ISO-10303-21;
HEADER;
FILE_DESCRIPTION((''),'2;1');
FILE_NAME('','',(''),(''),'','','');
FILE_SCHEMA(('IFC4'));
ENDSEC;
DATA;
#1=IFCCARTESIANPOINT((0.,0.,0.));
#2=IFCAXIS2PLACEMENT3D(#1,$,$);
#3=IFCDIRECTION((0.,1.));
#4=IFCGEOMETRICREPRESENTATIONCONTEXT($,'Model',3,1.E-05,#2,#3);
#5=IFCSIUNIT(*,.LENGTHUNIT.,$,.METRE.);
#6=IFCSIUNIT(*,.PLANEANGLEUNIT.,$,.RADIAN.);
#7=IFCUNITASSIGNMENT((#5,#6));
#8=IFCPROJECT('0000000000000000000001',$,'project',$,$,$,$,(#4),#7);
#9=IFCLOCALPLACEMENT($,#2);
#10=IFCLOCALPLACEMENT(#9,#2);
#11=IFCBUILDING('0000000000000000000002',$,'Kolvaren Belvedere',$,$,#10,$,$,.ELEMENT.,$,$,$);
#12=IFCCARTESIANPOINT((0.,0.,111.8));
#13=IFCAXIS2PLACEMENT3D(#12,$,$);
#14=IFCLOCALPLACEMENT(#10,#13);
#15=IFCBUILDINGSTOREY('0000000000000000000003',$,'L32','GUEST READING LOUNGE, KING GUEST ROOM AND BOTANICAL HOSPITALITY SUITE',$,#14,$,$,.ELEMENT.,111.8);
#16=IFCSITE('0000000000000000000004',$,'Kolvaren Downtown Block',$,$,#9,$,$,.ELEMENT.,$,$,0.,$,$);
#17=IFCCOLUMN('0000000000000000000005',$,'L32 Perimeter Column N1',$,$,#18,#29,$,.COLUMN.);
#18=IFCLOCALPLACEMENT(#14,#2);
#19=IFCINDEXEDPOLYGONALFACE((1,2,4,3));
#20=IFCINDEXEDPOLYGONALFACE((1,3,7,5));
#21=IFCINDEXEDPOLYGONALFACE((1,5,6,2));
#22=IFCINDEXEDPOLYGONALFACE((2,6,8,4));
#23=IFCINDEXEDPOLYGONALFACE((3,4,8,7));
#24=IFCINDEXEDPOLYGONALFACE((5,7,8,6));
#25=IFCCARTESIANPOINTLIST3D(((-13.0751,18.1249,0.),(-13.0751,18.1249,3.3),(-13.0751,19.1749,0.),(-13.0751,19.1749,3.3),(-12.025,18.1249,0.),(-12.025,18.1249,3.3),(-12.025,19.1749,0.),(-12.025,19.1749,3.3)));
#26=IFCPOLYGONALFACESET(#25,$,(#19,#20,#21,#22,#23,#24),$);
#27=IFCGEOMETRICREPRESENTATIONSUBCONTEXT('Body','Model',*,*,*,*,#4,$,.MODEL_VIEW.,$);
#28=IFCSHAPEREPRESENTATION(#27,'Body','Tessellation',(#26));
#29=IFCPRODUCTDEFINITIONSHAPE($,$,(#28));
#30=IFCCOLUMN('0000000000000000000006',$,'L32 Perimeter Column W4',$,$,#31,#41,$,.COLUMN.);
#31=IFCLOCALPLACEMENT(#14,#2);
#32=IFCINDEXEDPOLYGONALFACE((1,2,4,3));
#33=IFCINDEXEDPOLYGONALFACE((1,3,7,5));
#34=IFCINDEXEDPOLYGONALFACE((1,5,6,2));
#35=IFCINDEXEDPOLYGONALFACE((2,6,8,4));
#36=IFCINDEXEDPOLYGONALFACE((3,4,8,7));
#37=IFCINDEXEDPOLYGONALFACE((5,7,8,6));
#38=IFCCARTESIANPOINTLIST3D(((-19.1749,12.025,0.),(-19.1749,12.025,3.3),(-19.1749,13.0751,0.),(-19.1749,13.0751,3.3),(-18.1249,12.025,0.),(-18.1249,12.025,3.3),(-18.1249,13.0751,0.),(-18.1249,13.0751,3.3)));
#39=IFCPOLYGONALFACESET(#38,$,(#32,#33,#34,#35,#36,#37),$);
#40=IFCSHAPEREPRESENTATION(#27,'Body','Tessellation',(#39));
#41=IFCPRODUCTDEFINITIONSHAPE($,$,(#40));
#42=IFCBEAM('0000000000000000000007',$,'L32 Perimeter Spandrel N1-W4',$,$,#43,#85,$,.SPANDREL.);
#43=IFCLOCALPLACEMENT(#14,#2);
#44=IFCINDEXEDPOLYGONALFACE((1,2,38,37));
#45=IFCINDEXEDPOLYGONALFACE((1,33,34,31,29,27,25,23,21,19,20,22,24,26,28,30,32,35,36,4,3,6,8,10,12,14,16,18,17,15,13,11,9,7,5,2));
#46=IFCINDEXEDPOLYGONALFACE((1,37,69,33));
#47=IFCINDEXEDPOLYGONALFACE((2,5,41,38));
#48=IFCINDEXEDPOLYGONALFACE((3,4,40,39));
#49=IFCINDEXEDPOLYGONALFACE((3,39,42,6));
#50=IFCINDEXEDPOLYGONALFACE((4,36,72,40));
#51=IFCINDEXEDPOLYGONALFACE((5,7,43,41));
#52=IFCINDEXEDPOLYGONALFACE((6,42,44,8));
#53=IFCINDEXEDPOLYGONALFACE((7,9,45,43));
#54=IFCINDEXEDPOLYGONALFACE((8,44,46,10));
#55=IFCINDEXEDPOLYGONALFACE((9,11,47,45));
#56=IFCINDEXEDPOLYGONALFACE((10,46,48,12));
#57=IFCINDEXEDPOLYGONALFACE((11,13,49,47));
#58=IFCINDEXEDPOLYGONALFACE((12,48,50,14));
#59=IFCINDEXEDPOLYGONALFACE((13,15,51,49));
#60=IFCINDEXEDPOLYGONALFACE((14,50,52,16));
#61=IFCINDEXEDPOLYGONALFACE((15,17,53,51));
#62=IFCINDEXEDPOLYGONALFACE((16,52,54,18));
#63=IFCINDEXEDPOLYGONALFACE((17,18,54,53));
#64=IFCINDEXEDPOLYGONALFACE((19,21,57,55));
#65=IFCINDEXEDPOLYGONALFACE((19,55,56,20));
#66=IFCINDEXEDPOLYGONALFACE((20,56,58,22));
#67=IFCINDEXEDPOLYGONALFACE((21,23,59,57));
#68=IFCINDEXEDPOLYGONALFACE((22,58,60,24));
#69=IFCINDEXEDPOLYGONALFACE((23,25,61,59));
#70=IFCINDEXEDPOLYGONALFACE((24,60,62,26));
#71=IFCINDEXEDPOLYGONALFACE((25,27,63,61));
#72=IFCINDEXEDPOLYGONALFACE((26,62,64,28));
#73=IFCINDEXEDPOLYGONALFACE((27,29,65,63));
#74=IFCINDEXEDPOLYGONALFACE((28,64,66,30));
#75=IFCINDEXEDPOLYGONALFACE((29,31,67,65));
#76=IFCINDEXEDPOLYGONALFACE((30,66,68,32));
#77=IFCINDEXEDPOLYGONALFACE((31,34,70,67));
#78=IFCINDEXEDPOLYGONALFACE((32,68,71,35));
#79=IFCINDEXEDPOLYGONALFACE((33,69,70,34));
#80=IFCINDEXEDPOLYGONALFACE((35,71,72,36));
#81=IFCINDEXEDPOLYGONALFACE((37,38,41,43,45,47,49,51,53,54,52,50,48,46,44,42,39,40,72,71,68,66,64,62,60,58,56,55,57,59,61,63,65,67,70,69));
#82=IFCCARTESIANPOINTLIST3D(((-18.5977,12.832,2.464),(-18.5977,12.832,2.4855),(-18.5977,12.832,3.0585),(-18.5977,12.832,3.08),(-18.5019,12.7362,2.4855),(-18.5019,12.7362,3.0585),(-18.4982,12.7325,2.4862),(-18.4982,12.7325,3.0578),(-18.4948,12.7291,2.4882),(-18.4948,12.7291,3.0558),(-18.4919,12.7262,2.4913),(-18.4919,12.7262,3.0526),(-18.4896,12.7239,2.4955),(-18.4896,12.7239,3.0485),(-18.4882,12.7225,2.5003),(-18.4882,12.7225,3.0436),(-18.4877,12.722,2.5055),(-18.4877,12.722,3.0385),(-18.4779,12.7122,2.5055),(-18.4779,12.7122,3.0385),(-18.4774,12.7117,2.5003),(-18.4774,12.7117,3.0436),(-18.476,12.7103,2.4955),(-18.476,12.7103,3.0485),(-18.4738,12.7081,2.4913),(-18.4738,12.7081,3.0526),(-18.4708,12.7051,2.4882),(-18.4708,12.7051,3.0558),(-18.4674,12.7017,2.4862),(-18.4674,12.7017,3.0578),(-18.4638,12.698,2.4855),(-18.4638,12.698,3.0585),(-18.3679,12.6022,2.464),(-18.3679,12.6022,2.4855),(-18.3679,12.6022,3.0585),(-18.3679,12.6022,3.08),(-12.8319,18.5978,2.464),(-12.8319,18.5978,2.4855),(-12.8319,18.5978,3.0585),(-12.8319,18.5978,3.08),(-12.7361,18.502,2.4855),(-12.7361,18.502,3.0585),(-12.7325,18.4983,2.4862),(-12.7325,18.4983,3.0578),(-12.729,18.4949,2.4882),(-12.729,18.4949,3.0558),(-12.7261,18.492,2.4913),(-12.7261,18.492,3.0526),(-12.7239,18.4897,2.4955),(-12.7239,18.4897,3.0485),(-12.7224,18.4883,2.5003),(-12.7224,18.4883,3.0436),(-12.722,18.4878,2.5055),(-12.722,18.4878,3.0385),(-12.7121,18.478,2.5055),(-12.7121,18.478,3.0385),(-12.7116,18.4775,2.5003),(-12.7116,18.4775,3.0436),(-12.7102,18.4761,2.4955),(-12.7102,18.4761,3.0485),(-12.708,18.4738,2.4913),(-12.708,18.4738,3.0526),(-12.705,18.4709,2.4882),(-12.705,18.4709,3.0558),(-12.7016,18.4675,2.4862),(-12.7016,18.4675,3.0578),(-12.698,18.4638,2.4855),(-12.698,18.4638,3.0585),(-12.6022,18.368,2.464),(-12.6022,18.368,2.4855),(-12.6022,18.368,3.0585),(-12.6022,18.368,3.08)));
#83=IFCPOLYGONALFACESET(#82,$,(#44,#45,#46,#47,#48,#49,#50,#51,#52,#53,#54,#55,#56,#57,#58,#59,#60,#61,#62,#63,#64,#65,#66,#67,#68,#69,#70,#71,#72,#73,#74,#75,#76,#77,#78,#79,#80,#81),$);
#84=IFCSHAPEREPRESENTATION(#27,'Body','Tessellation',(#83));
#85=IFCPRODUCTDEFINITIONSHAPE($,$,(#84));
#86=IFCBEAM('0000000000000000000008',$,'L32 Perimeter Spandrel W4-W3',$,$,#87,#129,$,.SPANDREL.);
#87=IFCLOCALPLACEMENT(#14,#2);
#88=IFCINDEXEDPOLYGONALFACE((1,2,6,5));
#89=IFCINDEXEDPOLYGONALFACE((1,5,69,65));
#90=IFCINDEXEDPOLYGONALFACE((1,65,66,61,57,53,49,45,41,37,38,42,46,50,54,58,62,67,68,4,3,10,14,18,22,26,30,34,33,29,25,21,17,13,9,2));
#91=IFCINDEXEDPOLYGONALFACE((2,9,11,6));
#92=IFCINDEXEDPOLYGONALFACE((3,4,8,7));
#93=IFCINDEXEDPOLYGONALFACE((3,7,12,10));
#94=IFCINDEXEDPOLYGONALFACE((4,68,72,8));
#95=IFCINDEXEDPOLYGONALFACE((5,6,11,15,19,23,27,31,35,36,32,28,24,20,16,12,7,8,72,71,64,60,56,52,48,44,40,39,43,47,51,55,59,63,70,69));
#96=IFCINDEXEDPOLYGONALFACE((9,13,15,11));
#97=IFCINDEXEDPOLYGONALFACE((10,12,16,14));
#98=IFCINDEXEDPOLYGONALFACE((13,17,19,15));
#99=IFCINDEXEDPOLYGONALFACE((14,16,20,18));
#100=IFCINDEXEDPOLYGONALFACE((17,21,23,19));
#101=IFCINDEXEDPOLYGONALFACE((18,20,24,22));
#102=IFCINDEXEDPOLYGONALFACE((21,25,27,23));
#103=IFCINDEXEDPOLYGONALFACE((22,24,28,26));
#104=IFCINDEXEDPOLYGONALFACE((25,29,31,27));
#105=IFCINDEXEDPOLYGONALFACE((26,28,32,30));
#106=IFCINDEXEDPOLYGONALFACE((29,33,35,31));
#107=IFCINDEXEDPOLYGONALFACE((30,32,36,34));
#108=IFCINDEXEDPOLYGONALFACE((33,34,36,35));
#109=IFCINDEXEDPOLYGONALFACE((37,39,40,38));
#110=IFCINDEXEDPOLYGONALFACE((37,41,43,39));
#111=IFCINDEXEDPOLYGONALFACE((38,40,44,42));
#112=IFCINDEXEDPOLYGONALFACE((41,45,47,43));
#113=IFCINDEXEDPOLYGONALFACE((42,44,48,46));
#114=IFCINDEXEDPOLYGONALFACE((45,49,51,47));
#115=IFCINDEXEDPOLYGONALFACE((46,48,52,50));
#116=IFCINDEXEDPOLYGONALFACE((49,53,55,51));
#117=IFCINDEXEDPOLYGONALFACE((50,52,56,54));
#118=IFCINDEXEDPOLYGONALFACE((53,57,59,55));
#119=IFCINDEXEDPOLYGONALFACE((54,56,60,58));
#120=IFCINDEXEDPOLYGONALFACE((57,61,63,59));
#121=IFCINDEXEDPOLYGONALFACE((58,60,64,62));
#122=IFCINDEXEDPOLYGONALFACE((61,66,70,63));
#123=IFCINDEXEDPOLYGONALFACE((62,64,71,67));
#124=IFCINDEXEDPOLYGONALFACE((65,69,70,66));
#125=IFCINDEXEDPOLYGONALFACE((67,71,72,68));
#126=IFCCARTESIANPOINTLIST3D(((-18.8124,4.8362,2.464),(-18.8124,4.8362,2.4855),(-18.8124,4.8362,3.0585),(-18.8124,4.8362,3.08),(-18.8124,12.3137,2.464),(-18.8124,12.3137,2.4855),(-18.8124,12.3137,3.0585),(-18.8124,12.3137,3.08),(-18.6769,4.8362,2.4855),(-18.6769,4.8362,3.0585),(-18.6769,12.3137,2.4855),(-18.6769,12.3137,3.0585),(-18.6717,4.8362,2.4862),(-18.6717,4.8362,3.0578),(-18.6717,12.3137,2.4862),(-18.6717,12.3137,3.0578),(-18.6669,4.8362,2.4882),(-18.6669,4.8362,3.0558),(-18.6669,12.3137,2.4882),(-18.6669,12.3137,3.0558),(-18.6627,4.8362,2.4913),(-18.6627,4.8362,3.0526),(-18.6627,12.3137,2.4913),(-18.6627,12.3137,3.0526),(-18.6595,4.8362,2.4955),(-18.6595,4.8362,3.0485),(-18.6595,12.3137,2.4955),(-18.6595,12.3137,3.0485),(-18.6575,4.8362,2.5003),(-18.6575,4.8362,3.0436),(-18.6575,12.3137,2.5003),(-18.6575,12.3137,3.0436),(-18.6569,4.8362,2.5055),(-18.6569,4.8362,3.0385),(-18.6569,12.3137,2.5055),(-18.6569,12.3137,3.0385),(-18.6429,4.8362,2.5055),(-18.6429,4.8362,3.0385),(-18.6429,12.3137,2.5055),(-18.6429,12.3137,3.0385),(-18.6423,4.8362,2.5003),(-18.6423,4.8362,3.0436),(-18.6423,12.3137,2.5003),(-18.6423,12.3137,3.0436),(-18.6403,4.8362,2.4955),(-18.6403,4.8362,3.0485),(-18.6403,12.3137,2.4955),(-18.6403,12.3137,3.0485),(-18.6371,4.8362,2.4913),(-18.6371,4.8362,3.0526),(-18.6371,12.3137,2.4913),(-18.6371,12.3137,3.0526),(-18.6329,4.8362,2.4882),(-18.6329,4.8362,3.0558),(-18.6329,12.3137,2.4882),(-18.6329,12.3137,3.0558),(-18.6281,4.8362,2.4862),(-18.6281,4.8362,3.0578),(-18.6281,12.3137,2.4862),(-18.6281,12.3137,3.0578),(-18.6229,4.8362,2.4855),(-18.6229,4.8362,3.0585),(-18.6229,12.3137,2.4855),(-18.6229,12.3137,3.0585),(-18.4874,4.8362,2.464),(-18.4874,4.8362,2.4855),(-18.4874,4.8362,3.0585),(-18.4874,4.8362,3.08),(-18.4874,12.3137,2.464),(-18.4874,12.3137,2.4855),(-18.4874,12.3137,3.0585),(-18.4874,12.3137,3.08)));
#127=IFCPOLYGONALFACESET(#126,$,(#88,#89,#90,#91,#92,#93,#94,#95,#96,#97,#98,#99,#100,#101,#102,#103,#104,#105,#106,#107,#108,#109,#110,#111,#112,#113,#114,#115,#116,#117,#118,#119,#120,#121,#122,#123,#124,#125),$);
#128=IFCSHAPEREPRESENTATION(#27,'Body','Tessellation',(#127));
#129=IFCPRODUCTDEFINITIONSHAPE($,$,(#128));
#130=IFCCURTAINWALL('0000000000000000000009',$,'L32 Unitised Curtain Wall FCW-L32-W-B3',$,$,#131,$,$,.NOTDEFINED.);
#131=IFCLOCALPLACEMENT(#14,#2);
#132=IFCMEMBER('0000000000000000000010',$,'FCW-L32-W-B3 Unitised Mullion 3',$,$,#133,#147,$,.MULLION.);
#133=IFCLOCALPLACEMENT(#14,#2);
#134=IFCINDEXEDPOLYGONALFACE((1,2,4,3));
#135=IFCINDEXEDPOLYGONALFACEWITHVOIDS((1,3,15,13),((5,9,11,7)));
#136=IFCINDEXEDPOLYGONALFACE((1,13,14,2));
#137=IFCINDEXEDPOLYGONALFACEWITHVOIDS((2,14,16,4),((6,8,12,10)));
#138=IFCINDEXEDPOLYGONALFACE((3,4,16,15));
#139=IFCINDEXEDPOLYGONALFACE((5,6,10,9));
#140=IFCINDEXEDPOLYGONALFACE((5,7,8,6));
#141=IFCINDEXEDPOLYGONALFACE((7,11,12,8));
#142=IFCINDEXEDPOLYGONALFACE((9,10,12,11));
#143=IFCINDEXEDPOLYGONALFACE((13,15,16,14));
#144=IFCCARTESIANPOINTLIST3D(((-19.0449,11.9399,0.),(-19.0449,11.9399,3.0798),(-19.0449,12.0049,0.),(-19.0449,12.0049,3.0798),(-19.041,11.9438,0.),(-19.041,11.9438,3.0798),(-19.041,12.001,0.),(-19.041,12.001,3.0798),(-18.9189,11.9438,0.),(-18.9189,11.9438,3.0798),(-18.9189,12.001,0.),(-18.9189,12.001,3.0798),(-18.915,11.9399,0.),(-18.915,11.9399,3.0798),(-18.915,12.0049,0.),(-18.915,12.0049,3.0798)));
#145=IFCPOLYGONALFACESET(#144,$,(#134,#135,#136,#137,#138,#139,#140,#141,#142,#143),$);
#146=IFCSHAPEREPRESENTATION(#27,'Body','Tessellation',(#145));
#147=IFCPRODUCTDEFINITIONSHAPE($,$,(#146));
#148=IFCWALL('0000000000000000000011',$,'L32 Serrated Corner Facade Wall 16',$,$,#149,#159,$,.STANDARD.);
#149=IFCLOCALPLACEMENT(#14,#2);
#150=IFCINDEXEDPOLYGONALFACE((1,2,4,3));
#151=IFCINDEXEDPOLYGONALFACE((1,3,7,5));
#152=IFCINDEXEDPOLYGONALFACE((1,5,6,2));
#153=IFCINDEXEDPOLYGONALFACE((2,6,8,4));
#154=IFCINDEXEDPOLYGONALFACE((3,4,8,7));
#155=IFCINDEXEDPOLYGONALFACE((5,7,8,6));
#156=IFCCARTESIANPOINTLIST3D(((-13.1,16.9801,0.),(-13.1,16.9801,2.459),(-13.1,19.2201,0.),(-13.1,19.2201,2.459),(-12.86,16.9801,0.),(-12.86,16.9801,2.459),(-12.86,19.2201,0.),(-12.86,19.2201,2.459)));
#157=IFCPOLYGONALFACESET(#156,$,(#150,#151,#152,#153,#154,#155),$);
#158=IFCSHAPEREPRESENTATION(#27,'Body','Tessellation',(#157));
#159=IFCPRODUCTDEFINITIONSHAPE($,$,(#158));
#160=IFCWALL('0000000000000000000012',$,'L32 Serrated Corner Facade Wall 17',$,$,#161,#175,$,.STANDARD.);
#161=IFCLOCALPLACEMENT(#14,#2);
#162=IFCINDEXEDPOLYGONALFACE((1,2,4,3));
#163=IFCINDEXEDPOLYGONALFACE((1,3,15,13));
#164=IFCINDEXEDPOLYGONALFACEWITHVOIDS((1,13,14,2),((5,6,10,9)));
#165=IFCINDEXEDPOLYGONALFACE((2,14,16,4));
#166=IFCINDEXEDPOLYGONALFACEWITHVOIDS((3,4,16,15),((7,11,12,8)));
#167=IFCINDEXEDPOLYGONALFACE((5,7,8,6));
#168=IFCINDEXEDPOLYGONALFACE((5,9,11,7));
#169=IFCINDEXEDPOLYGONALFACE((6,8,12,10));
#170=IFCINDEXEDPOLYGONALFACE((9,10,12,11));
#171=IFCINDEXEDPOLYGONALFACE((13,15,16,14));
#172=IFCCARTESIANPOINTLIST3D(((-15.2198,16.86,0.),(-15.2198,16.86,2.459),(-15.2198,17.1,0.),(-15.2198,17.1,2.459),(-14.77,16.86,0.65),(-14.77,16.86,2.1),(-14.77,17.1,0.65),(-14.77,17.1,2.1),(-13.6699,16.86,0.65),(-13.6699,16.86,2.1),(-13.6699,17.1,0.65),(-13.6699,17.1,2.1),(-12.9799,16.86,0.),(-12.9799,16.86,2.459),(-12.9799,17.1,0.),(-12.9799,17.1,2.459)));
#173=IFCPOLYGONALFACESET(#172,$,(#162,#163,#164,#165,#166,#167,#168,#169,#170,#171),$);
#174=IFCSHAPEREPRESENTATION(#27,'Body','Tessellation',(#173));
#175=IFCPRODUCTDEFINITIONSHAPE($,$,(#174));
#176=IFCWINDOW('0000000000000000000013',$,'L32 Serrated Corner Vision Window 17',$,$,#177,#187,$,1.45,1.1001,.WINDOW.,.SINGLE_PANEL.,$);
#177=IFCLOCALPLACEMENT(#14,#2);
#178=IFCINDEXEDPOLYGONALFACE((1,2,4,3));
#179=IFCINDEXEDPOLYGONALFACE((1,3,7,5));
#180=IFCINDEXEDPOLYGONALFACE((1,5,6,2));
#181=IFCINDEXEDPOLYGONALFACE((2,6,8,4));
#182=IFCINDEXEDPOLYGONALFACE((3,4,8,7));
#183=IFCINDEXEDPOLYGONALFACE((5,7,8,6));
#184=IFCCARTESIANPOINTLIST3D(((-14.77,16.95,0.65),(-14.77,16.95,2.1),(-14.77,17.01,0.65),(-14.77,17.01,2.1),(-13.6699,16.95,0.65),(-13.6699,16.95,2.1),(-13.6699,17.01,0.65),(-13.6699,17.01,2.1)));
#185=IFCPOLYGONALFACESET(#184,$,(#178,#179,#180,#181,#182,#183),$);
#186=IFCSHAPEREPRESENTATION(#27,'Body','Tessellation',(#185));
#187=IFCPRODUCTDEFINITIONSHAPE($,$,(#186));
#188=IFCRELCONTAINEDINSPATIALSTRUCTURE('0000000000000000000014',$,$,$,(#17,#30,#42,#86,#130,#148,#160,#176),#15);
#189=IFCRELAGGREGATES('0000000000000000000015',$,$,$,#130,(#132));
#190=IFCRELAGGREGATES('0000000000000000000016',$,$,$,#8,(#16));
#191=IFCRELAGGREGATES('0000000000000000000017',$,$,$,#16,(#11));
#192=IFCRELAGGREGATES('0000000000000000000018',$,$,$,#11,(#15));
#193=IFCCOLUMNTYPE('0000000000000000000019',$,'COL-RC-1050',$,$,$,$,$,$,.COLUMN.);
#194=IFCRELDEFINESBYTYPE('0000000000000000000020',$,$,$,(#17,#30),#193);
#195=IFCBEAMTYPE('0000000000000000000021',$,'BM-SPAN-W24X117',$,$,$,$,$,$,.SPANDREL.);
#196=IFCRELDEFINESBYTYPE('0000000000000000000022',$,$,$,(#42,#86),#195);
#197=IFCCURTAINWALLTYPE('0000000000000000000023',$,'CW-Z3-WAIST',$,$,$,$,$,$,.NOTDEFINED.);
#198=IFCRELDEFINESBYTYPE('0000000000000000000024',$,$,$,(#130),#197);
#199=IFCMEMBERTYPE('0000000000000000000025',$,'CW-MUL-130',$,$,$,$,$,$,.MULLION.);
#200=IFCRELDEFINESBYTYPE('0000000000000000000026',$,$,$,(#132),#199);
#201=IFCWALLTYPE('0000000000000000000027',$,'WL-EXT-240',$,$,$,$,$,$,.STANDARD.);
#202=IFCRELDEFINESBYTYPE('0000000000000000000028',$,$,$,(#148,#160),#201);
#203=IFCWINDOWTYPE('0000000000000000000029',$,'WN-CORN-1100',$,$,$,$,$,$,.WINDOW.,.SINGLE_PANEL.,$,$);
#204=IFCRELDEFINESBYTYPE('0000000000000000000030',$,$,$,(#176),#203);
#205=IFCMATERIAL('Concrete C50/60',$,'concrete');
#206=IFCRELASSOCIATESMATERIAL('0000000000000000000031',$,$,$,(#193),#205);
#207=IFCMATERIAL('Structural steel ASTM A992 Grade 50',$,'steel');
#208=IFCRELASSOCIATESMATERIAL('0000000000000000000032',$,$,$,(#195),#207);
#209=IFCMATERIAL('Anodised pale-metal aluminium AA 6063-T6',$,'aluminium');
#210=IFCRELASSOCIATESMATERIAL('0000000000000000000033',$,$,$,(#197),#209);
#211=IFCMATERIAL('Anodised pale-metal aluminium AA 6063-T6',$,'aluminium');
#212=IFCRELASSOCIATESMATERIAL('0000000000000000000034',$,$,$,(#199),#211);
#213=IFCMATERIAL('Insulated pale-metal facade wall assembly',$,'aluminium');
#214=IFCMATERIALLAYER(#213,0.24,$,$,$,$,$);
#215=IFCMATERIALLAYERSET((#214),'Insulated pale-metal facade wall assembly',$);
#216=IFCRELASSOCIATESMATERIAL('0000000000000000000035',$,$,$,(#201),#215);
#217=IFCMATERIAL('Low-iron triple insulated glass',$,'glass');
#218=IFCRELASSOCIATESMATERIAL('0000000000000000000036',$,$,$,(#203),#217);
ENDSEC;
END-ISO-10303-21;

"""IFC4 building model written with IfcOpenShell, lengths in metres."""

from ifc_helpers import new_model, si_unit, direction, frame, frame_2d, origin, origin_2d, place, context, subcontext, project, spatial, rectangle, hollow_rectangle, i_section, extrude, material, layer, layer_set, material_profile, profile_set, type_object, element, fill, aggregate, save


model = new_model("IFC4")

# Units and contexts
model_context = context("Model", 3, precision=1e-05, world=origin(), true_north=direction((0.0, 1.0)))
body_context = subcontext(model_context, "Body", "Model", "MODEL_VIEW")
ifc_project = project(units=[si_unit("LENGTHUNIT", "METRE"), si_unit("PLANEANGLEUNIT", "RADIAN")], contexts=[model_context])

# Site, building, storey
site_placement = place(None, origin())
site = spatial("IfcSite", under=ifc_project, at=site_placement, Name="Kolvaren Downtown Block", CompositionType="ELEMENT", RefElevation=0.0)
building_placement = place(site_placement, origin())
building = spatial("IfcBuilding", under=site, at=building_placement, Name="Kolvaren Belvedere", CompositionType="ELEMENT")
storey_placement = place(building_placement, frame((0.0, 0.0, 111.8)))
storey = spatial("IfcBuildingStorey", under=building, at=storey_placement, Name="L32", Description="GUEST READING LOUNGE, KING GUEST ROOM AND BOTANICAL HOSPITALITY SUITE", CompositionType="ELEMENT", Elevation=111.8)

# Columns
ifc_material_1 = material(Name="Concrete C50/60", Category="concrete")
ifc_material_profile_1 = material_profile(ifc_material_1, rectangle(XDim=1.05, YDim=1.05, at=origin_2d()), Name="RC 1050X1050")
ifc_profile_set_1 = profile_set([ifc_material_profile_1], Name="Concrete C50/60")
column_type = type_object("IfcColumnType", Name="COL-RC-1050", PredefinedType="COLUMN", material=ifc_profile_set_1)
for number, where, z_axis, x_axis, name in (
    (1, (-12.55, 18.6499, 0.0), (0.0, 0.0, 1.0), (1.0, 0.0, 0.0), "L32 Perimeter Column N1"),
    (2, (-18.6499, 12.55, 0.0), (0.0, 0.0, 1.0), (1.0, 0.0, 0.0), "L32 Perimeter Column W4"),
):
    element("IfcColumn", number, at=place(storey_placement, frame(where, z_axis=z_axis, x_axis=x_axis)), inside=storey, type_object=column_type, Name=name, PredefinedType="COLUMN", context=body_context, shape_type="SweptSolid", body=[
        extrude(rectangle(XDim=1.05, YDim=1.05, at=origin_2d()), origin(), (0.0, 0.0, 1.0), 3.3),
    ])

# Beams
ifc_material_2 = material(Name="Structural steel ASTM A992 Grade 50", Category="steel")
ifc_material_profile_2 = material_profile(ifc_material_2, i_section(OverallWidth=0.325, OverallDepth=0.616, WebThickness=0.0139, FlangeThickness=0.0215, FilletRadius=0.02, at=origin_2d()), Name="W24X117")
ifc_profile_set_2 = profile_set([ifc_material_profile_2], Name="Structural steel ASTM A992 Grade 50")
beam_type = type_object("IfcBeamType", Name="BM-SPAN-W24X117", PredefinedType="SPANDREL", material=ifc_profile_set_2)
beam_1_placement = place(storey_placement, frame((-12.717, 18.4829, 2.772), z_axis=(-0.707107, -0.707107, 0.0), x_axis=(0.707107, -0.707107, 0.0)))
element("IfcBeam", 3, at=beam_1_placement, inside=storey, type_object=beam_type, Name="L32 Perimeter Spandrel N1-W4", PredefinedType="SPANDREL", context=body_context, shape_type="SweptSolid", body=[
    extrude(i_section(OverallWidth=0.325, OverallDepth=0.616, WebThickness=0.0139, FlangeThickness=0.0215, FilletRadius=0.02, at=origin_2d()), origin(), (0.0, 0.0, 1.0), 8.1541),
])
beam_2_placement = place(storey_placement, frame((-18.6499, 12.3137, 2.772), z_axis=(0.0, -1.0, 0.0), x_axis=(1.0, 0.0, 0.0)))
element("IfcBeam", 4, at=beam_2_placement, inside=storey, type_object=beam_type, Name="L32 Perimeter Spandrel W4-W3", PredefinedType="SPANDREL", context=body_context, shape_type="SweptSolid", body=[
    extrude(i_section(OverallWidth=0.325, OverallDepth=0.616, WebThickness=0.0139, FlangeThickness=0.0215, FilletRadius=0.02, at=origin_2d()), origin(), (0.0, 0.0, 1.0), 7.4775),
])

# Curtain wall, member
ifc_material_3 = material(Name="Anodised pale-metal aluminium AA 6063-T6", Category="aluminium")
curtain_wall_type = type_object("IfcCurtainWallType", Name="CW-Z3-WAIST", PredefinedType="NOTDEFINED", material=ifc_material_3)
curtain_wall_placement = place(storey_placement, origin())
curtain_wall = element("IfcCurtainWall", 5, at=curtain_wall_placement, inside=storey, type_object=curtain_wall_type, Name="L32 Unitised Curtain Wall FCW-L32-W-B3", PredefinedType="NOTDEFINED")
ifc_material_4 = material(Name="Anodised pale-metal aluminium AA 6063-T6", Category="aluminium")
ifc_material_profile_3 = material_profile(ifc_material_4, hollow_rectangle(XDim=0.0649, YDim=0.1299, WallThickness=0.0039, at=origin_2d()), Name="ALU-MUL-130X65")
ifc_profile_set_3 = profile_set([ifc_material_profile_3], Name="Anodised pale-metal aluminium AA 6063-T6")
member_type = type_object("IfcMemberType", Name="CW-MUL-130", PredefinedType="MULLION", material=ifc_profile_set_3)
member_placement = place(storey_placement, frame((-18.98, 11.9724, 0.0), z_axis=(0.0, 0.0, 1.0), x_axis=(0.0, 1.0, 0.0)))
member = element("IfcMember", 6, at=member_placement, type_object=member_type, Name="FCW-L32-W-B3 Unitised Mullion 3", PredefinedType="MULLION", context=body_context, shape_type="SweptSolid", body=[
    extrude(hollow_rectangle(XDim=0.0649, YDim=0.1299, WallThickness=0.0039, at=origin_2d()), origin(), (0.0, 0.0, 1.0), 3.0798),
])
aggregate(curtain_wall, [member])

# Wall
ifc_material_5 = material(Name="Insulated pale-metal facade wall assembly", Category="aluminium")
ifc_layer_1 = layer(ifc_material_5, 0.24)
ifc_layer_set_1 = layer_set([ifc_layer_1], Name="Insulated pale-metal facade wall assembly")
wall_type_1 = type_object("IfcWallType", Name="WL-EXT-240", PredefinedType="STANDARD", material=ifc_layer_set_1)
wall_1_placement = place(storey_placement, frame((-12.98, 16.98, 0.0), z_axis=(0.0, 0.0, 1.0), x_axis=(0.0, 1.0, 0.0)))
element("IfcWall", 7, at=wall_1_placement, inside=storey, type_object=wall_type_1, Name="L32 Serrated Corner Facade Wall 16", PredefinedType="STANDARD", context=body_context, shape_type="SweptSolid", body=[
    extrude(rectangle(XDim=2.24, YDim=0.24, at=frame_2d((1.1201, 0.0))), origin(), (0.0, 0.0, 1.0), 2.459),
])

# Wall, opening, window
wall_2_placement = place(storey_placement, frame((-15.22, 16.98, 0.0), z_axis=(0.0, 0.0, 1.0), x_axis=(1.0, 0.0, 0.0)))
wall_2 = element("IfcWall", 8, at=wall_2_placement, inside=storey, type_object=wall_type_1, Name="L32 Serrated Corner Facade Wall 17", PredefinedType="STANDARD", context=body_context, shape_type="SweptSolid", body=[
    extrude(rectangle(XDim=2.24, YDim=0.24, at=frame_2d((1.1201, 0.0))), origin(), (0.0, 0.0, 1.0), 2.459),
])
opening_1_placement = place(wall_2_placement, frame((0.45, 0.0, 0.6499)))
opening_1 = element("IfcOpeningElement", 9, at=opening_1_placement, cuts=wall_2, PredefinedType="OPENING", context=body_context, shape_type="SweptSolid", body=[
    extrude(rectangle(XDim=1.1001, YDim=1.45, at=frame_2d((0.55, 0.7251))), frame((0.0, 0.1299, 0.0), z_axis=(0.0, -1.0, 0.0), x_axis=(1.0, 0.0, 0.0)), (0.0, 0.0, 1.0), 0.26),
])
ifc_material_6 = material(Name="Low-iron triple insulated glass", Category="glass")
window_type = type_object("IfcWindowType", Name="WN-CORN-1100", PartitioningType="SINGLE_PANEL", PredefinedType="WINDOW", material=ifc_material_6)
window_1_placement = place(opening_1_placement, origin())
window_1 = element("IfcWindow", 10, at=window_1_placement, inside=storey, type_object=window_type, Name="L32 Serrated Corner Vision Window 17", OverallHeight=1.45, OverallWidth=1.1001, PartitioningType="SINGLE_PANEL", PredefinedType="WINDOW", context=body_context, shape_type="SweptSolid", body=[
    extrude(rectangle(XDim=1.1001, YDim=1.45, at=frame_2d((0.55, 0.7251))), frame((0.0, 0.03, 0.0), z_axis=(0.0, -1.0, 0.0), x_axis=(1.0, 0.0, 0.0)), (0.0, 0.0, 1.0), 0.0601),
])
fill(opening_1, window_1)

save(model, "model.ifc")
